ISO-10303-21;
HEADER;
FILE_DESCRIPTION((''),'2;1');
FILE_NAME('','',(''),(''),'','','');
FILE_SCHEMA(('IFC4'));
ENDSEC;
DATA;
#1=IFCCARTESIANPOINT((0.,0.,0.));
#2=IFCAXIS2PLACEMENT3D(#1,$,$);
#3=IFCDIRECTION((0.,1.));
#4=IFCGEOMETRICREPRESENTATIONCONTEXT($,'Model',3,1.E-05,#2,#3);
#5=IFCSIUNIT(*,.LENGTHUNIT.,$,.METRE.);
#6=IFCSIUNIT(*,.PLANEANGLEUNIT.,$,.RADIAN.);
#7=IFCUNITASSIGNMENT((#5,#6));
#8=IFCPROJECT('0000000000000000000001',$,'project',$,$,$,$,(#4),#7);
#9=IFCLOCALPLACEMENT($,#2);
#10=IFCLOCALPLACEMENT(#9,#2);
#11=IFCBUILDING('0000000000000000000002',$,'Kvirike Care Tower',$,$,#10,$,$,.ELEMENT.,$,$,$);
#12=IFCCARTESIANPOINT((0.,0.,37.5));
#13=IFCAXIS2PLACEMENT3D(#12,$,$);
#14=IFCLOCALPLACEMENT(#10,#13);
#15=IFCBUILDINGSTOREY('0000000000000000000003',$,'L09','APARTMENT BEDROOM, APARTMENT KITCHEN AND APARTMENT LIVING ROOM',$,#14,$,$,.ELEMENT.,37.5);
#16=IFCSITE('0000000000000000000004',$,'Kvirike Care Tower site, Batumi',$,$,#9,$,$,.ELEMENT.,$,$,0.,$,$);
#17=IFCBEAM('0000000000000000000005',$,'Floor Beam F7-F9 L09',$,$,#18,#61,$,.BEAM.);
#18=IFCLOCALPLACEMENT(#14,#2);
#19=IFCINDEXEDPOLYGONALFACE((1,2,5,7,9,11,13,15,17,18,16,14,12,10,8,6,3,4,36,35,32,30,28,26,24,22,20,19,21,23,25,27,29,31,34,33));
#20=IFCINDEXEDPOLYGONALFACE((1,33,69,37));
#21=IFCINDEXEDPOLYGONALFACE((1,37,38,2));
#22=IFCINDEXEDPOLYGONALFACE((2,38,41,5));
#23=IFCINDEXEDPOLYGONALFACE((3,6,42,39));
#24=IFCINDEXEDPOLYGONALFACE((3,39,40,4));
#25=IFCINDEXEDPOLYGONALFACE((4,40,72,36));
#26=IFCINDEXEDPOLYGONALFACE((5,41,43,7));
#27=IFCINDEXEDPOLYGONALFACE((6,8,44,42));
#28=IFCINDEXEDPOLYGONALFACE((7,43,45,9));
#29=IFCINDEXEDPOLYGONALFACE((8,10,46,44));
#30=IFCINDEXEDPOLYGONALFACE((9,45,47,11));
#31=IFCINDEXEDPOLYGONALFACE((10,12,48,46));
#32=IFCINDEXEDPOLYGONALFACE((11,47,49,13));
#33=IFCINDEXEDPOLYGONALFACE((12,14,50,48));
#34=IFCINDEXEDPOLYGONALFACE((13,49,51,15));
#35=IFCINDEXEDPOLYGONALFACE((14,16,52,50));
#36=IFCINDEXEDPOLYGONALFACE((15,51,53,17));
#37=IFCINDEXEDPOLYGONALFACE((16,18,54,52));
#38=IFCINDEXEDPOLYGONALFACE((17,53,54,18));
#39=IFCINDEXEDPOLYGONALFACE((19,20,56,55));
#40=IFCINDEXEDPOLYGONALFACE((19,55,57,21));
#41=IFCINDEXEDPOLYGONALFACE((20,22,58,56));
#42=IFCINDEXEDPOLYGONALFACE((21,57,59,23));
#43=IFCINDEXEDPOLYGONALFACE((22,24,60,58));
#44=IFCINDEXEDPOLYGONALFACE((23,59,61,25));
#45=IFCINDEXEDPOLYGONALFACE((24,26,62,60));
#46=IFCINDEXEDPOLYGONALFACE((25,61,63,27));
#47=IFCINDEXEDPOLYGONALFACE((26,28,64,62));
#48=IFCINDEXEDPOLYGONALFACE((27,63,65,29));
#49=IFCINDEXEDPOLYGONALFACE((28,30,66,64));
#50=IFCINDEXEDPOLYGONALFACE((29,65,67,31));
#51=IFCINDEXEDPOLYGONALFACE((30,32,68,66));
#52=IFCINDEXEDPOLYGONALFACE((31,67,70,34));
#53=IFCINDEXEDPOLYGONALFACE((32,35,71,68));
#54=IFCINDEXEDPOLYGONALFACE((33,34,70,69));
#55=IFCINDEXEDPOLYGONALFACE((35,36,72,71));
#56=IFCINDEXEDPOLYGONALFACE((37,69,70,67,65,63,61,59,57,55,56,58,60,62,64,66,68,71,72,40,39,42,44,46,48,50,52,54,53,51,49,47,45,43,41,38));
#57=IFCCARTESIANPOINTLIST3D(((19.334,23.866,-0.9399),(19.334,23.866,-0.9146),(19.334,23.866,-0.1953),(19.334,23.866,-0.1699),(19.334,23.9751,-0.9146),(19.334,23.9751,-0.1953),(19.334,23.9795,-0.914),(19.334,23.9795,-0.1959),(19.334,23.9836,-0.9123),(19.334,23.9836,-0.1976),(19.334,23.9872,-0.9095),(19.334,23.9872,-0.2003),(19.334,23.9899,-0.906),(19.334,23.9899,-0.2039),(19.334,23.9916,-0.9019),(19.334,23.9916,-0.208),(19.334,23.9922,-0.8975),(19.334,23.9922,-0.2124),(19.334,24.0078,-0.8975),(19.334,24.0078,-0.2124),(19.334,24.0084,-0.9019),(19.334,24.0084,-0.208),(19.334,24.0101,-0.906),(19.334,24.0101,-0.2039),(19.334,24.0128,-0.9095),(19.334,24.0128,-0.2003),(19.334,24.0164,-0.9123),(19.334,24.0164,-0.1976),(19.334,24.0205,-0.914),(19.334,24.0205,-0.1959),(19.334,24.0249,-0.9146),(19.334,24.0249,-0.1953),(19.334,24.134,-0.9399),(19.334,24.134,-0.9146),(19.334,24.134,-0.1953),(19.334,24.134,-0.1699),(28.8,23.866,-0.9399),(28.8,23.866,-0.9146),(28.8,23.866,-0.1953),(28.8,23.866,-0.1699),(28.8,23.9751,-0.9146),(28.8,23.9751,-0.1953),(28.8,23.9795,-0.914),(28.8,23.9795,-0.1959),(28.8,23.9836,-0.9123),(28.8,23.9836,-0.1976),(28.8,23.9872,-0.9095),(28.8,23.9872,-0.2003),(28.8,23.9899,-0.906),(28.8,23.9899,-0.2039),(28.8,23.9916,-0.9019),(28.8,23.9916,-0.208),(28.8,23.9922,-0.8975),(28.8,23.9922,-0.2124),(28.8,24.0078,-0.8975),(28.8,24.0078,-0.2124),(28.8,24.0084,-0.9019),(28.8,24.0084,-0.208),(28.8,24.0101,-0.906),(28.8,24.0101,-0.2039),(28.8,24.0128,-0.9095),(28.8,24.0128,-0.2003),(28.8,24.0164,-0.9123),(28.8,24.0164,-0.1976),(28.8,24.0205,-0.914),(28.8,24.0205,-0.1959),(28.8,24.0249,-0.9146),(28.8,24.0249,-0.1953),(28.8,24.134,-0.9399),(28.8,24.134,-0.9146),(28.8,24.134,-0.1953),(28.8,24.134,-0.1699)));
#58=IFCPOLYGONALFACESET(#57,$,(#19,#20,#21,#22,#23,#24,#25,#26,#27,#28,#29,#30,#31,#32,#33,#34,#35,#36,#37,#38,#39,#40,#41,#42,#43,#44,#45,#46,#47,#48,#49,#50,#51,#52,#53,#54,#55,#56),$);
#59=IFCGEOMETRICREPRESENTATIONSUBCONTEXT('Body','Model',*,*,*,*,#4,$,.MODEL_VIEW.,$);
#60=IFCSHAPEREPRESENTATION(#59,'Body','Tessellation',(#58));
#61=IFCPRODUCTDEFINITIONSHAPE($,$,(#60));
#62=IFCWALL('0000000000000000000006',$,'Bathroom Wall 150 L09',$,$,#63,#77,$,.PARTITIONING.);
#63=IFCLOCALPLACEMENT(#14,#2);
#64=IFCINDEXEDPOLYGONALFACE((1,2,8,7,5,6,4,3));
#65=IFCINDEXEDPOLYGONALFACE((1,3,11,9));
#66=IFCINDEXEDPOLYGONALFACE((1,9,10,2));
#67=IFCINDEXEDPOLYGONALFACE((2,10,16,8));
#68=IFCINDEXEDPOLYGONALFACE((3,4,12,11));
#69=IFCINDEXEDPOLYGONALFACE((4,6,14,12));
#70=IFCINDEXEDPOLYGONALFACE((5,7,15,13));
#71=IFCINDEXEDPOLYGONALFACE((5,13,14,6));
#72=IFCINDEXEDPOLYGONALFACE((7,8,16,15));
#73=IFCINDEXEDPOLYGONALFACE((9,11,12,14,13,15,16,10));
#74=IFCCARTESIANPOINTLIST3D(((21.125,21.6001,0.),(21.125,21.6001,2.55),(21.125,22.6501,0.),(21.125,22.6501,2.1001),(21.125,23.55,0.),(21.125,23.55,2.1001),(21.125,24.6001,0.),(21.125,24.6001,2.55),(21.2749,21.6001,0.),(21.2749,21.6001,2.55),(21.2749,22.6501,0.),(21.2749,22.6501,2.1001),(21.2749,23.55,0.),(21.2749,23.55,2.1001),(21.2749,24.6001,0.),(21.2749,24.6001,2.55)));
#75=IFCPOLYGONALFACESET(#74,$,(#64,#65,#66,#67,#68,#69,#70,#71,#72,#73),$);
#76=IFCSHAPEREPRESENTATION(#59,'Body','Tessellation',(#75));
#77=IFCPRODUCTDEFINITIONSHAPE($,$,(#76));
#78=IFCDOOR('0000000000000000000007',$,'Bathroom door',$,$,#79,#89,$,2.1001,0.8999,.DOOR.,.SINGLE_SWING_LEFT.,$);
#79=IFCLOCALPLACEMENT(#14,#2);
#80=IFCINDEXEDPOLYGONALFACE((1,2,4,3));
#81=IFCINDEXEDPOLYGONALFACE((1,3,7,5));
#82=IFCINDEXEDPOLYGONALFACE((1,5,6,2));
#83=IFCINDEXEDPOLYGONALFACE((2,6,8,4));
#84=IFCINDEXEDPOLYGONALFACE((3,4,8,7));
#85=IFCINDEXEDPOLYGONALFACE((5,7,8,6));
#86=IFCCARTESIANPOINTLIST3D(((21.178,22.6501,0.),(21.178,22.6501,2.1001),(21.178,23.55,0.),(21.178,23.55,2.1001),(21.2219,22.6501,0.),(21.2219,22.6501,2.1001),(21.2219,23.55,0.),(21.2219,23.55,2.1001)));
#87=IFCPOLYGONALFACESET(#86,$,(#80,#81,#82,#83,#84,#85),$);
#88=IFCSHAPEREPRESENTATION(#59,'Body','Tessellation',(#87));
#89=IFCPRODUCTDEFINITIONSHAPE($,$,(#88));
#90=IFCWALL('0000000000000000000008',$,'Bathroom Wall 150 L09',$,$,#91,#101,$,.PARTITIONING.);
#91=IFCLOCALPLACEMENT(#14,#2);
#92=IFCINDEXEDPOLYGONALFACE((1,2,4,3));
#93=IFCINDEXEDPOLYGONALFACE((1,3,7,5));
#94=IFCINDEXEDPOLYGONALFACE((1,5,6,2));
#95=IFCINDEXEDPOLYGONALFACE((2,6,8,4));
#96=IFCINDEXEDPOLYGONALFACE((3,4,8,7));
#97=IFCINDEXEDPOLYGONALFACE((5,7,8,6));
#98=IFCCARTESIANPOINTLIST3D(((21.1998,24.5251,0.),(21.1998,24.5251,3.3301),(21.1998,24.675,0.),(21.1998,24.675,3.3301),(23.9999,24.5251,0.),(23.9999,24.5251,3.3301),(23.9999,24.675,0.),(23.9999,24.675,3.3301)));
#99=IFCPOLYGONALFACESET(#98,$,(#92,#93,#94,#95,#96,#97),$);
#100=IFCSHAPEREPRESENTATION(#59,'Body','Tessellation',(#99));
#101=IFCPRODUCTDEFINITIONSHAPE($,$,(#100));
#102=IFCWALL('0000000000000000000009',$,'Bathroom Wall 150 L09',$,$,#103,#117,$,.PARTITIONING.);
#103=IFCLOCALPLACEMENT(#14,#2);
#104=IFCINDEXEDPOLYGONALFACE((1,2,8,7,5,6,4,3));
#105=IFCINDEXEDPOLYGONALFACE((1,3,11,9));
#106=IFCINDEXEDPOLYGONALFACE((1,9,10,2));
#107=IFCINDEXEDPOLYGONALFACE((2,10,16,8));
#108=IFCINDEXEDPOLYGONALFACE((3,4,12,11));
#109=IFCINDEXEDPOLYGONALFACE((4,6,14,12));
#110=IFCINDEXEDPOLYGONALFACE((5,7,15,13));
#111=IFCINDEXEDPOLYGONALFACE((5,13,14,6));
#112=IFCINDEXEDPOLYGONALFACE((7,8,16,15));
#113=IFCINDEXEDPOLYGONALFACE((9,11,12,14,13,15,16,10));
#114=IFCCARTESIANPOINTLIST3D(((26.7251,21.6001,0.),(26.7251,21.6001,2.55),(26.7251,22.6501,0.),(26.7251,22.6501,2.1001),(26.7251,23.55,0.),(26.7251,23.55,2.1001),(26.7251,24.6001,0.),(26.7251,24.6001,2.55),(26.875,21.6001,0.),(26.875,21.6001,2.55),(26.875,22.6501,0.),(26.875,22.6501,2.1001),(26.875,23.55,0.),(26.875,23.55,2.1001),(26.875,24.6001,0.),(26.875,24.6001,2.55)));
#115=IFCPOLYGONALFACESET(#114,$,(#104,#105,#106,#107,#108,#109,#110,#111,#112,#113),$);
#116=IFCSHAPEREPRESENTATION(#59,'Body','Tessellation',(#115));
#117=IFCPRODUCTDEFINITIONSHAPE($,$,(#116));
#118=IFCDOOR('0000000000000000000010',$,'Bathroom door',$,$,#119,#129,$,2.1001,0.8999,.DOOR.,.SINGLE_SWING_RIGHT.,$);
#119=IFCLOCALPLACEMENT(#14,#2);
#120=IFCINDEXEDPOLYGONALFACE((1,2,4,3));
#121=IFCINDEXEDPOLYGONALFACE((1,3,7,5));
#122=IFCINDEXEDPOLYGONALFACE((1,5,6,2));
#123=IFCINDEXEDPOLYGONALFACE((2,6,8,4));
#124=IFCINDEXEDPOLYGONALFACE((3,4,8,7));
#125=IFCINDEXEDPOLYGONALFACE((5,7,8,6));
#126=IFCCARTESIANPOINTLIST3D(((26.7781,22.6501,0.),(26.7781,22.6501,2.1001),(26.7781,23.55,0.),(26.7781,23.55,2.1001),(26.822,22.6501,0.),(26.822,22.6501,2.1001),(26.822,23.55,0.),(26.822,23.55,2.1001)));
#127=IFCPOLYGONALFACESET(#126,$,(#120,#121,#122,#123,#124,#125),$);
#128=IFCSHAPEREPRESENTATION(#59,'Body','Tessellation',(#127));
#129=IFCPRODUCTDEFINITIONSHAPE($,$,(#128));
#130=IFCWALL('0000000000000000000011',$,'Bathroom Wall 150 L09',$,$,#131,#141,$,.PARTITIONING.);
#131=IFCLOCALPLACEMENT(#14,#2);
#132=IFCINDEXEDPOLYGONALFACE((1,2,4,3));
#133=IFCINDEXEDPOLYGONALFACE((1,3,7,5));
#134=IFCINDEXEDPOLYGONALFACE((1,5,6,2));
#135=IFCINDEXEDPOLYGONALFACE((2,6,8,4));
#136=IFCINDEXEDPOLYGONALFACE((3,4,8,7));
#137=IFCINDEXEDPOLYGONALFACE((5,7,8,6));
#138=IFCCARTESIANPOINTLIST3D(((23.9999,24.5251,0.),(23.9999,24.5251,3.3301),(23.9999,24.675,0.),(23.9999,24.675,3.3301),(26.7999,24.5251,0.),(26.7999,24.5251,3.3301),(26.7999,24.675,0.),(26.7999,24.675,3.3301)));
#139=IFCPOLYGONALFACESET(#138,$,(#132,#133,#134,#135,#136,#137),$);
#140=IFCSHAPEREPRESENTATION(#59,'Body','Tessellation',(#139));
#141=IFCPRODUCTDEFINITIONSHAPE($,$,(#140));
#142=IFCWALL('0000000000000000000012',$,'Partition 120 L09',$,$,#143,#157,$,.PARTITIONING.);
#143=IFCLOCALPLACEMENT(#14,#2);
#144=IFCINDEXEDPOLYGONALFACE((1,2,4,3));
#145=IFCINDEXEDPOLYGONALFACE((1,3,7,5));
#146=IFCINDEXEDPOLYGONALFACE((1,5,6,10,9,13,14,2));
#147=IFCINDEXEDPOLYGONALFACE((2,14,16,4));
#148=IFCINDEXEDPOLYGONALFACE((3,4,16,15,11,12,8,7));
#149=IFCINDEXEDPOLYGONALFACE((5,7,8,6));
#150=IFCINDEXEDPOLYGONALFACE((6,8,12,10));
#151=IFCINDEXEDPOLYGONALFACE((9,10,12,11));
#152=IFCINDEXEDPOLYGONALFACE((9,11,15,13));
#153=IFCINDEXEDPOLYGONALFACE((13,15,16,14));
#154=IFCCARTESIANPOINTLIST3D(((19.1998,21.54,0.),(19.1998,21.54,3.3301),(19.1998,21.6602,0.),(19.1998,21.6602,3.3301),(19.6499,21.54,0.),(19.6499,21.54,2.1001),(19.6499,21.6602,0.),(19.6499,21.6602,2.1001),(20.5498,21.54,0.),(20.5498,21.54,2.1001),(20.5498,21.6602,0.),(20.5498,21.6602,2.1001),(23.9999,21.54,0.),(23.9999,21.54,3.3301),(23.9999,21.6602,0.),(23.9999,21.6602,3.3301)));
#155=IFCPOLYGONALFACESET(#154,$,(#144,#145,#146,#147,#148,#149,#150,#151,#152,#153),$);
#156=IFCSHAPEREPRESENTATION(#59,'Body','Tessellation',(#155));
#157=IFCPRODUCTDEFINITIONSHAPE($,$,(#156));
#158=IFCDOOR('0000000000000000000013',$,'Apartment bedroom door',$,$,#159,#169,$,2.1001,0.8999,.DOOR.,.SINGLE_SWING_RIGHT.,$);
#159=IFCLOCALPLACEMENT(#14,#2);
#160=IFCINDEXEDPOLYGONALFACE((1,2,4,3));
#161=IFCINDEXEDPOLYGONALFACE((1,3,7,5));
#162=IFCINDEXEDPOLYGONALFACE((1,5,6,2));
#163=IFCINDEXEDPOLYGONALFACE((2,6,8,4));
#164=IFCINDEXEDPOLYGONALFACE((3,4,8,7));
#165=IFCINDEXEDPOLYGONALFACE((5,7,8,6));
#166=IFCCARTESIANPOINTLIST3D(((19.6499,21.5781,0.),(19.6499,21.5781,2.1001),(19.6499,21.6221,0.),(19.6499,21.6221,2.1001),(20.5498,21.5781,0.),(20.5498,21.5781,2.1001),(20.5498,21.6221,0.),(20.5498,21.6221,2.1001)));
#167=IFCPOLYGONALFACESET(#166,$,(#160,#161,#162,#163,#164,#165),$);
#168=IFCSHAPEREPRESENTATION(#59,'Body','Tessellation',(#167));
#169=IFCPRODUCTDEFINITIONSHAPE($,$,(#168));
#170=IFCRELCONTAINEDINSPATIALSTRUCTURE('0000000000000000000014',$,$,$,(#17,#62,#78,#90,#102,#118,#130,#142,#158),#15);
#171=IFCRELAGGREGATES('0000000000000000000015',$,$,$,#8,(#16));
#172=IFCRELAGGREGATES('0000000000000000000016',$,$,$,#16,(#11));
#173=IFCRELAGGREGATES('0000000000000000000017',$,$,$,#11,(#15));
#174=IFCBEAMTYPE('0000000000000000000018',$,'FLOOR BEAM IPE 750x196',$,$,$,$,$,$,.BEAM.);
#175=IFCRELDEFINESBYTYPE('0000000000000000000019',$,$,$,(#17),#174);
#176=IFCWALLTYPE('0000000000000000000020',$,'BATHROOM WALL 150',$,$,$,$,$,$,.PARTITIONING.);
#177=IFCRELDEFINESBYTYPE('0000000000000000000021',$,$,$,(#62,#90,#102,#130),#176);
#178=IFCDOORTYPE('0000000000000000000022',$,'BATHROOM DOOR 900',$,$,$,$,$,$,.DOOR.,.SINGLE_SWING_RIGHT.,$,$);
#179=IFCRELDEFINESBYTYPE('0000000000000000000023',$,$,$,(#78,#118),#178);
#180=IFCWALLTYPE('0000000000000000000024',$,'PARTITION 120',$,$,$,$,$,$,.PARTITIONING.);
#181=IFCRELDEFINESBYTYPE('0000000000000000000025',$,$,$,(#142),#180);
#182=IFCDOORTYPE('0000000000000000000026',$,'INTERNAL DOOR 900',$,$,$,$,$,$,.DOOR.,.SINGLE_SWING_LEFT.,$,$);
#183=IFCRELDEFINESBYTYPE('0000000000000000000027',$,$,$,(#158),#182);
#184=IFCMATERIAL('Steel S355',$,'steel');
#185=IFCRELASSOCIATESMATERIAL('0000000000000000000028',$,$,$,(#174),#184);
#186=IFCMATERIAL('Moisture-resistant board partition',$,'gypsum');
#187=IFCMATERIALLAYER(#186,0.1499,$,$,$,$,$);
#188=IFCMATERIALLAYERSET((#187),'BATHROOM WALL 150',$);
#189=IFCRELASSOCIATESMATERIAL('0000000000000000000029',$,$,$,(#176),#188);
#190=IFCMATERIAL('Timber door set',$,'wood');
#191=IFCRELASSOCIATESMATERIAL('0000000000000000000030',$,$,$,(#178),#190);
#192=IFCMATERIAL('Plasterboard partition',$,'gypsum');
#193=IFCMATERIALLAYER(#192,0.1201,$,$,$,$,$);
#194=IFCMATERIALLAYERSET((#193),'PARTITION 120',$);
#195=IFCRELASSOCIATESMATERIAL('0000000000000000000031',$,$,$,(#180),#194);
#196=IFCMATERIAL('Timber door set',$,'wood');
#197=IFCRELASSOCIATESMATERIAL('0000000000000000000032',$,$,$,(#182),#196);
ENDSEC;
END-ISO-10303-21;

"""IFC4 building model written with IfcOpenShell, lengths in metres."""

from ifc_helpers import new_model, si_unit, direction, frame, frame_2d, origin, origin_2d, place, context, subcontext, project, spatial, rectangle, i_section, extrude, material, layer, layer_set, material_profile, profile_set, type_object, element, fill, save


model = new_model("IFC4")

# Units and contexts
model_context = context("Model", 3, precision=1e-05, world=origin(), true_north=direction((0.0, 1.0)))
body_context = subcontext(model_context, "Body", "Model", "MODEL_VIEW")
ifc_project = project(units=[si_unit("LENGTHUNIT", "METRE"), si_unit("PLANEANGLEUNIT", "RADIAN")], contexts=[model_context])

# Site, building, storey
site_placement = place(None, origin())
site = spatial("IfcSite", under=ifc_project, at=site_placement, Name="Kvirike Care Tower site, Batumi", CompositionType="ELEMENT", RefElevation=0.0)
building_placement = place(site_placement, origin())
building = spatial("IfcBuilding", under=site, at=building_placement, Name="Kvirike Care Tower", CompositionType="ELEMENT")
storey_placement = place(building_placement, frame((0.0, 0.0, 37.5)))
storey = spatial("IfcBuildingStorey", under=building, at=storey_placement, Name="L09", Description="APARTMENT BEDROOM, APARTMENT KITCHEN AND APARTMENT LIVING ROOM", CompositionType="ELEMENT", Elevation=37.5)

# Beam
ifc_material_1 = material(Name="Steel S355", Category="steel")
ifc_material_profile = material_profile(ifc_material_1, i_section(OverallWidth=0.2681, OverallDepth=0.77, WebThickness=0.0156, FlangeThickness=0.0254, FilletRadius=0.0171, at=origin_2d()), Name="IPE 750x196")
ifc_profile_set = profile_set([ifc_material_profile], Name="Steel S355")
beam_type = type_object("IfcBeamType", Name="FLOOR BEAM IPE 750x196", PredefinedType="BEAM", material=ifc_profile_set)
beam_placement = place(storey_placement, frame((19.334, 24.0, -0.5549), z_axis=(1.0, 0.0, 0.0), x_axis=(0.0, 1.0, 0.0)))
element("IfcBeam", 1, at=beam_placement, inside=storey, type_object=beam_type, Name="Floor Beam F7-F9 L09", PredefinedType="BEAM", context=body_context, shape_type="SweptSolid", body=[
    extrude(i_section(OverallWidth=0.2681, OverallDepth=0.77, WebThickness=0.0156, FlangeThickness=0.0254, FilletRadius=0.0171, at=origin_2d()), origin(), (0.0, 0.0, 1.0), 9.4661),
])

# Wall, opening, door
ifc_material_2 = material(Name="Moisture-resistant board partition", Category="gypsum")
ifc_layer_1 = layer(ifc_material_2, 0.1499)
ifc_layer_set_1 = layer_set([ifc_layer_1], Name="BATHROOM WALL 150")
wall_type_1 = type_object("IfcWallType", Name="BATHROOM WALL 150", PredefinedType="PARTITIONING", material=ifc_layer_set_1)
wall_1_placement = place(storey_placement, frame((21.2, 21.6001, 0.0), z_axis=(0.0, 0.0, 1.0), x_axis=(0.0, 1.0, 0.0)))
wall_1 = element("IfcWall", 2, at=wall_1_placement, inside=storey, type_object=wall_type_1, Name="Bathroom Wall 150 L09", PredefinedType="PARTITIONING", context=body_context, shape_type="SweptSolid", body=[
    extrude(rectangle(XDim=3.0, YDim=0.1499, at=frame_2d((1.5, 0.0))), origin(), (0.0, 0.0, 1.0), 2.55),
])
opening_1_placement = place(wall_1_placement, frame((1.05, 0.0, 0.0)))
opening_1 = element("IfcOpeningElement", 3, at=opening_1_placement, cuts=wall_1, PredefinedType="OPENING", context=body_context, shape_type="SweptSolid", body=[
    extrude(rectangle(XDim=0.8999, YDim=2.1001, at=frame_2d((0.45, 1.05))), frame((0.0, 0.0854, 0.0), z_axis=(0.0, -1.0, 0.0), x_axis=(1.0, 0.0, 0.0)), (0.0, 0.0, 1.0), 0.1709),
])
ifc_material_3 = material(Name="Timber door set", Category="wood")
door_type_1 = type_object("IfcDoorType", Name="BATHROOM DOOR 900", OperationType="SINGLE_SWING_RIGHT", PredefinedType="DOOR", material=ifc_material_3)
door_1_placement = place(opening_1_placement, frame((0.8999, 0.0, 0.0), z_axis=(0.0, 0.0, 1.0), x_axis=(-1.0, 0.0, 0.0)))
door_1 = element("IfcDoor", 4, at=door_1_placement, inside=storey, type_object=door_type_1, Name="Bathroom door", OperationType="SINGLE_SWING_LEFT", OverallHeight=2.1001, OverallWidth=0.8999, PredefinedType="DOOR", context=body_context, shape_type="SweptSolid", body=[
    extrude(rectangle(XDim=0.8999, YDim=2.1001, at=frame_2d((0.45, 1.05))), frame((0.0, 0.022, 0.0), z_axis=(0.0, -1.0, 0.0), x_axis=(1.0, 0.0, 0.0)), (0.0, 0.0, 1.0), 0.0439),
])
fill(opening_1, door_1)

# Wall
wall_2_placement = place(storey_placement, frame((21.2, 24.6001, 0.0), z_axis=(0.0, 0.0, 1.0), x_axis=(1.0, 0.0, 0.0)))
element("IfcWall", 5, at=wall_2_placement, inside=storey, type_object=wall_type_1, Name="Bathroom Wall 150 L09", PredefinedType="PARTITIONING", context=body_context, shape_type="SweptSolid", body=[
    extrude(rectangle(XDim=2.8, YDim=0.1499, at=frame_2d((1.3999, 0.0))), origin(), (0.0, 0.0, 1.0), 3.3301),
])

# Wall, opening, door
wall_3_placement = place(storey_placement, frame((26.8, 21.6001, 0.0), z_axis=(0.0, 0.0, 1.0), x_axis=(0.0, 1.0, 0.0)))
wall_3 = element("IfcWall", 6, at=wall_3_placement, inside=storey, type_object=wall_type_1, Name="Bathroom Wall 150 L09", PredefinedType="PARTITIONING", context=body_context, shape_type="SweptSolid", body=[
    extrude(rectangle(XDim=3.0, YDim=0.1499, at=frame_2d((1.5, 0.0))), origin(), (0.0, 0.0, 1.0), 2.55),
])
opening_2_placement = place(wall_3_placement, frame((1.05, 0.0, 0.0)))
opening_2 = element("IfcOpeningElement", 7, at=opening_2_placement, cuts=wall_3, PredefinedType="OPENING", context=body_context, shape_type="SweptSolid", body=[
    extrude(rectangle(XDim=0.8999, YDim=2.1001, at=frame_2d((0.45, 1.05))), frame((0.0, 0.0854, 0.0), z_axis=(0.0, -1.0, 0.0), x_axis=(1.0, 0.0, 0.0)), (0.0, 0.0, 1.0), 0.1709),
])
door_2_placement = place(opening_2_placement, origin())
door_2 = element("IfcDoor", 8, at=door_2_placement, inside=storey, type_object=door_type_1, Name="Bathroom door", OperationType="SINGLE_SWING_RIGHT", OverallHeight=2.1001, OverallWidth=0.8999, PredefinedType="DOOR", context=body_context, shape_type="SweptSolid", body=[
    extrude(rectangle(XDim=0.8999, YDim=2.1001, at=frame_2d((0.45, 1.05))), frame((0.0, 0.022, 0.0), z_axis=(0.0, -1.0, 0.0), x_axis=(1.0, 0.0, 0.0)), (0.0, 0.0, 1.0), 0.0439),
])
fill(opening_2, door_2)

# Wall
wall_4_placement = place(storey_placement, frame((24.0, 24.6001, 0.0), z_axis=(0.0, 0.0, 1.0), x_axis=(1.0, 0.0, 0.0)))
element("IfcWall", 9, at=wall_4_placement, inside=storey, type_object=wall_type_1, Name="Bathroom Wall 150 L09", PredefinedType="PARTITIONING", context=body_context, shape_type="SweptSolid", body=[
    extrude(rectangle(XDim=2.8, YDim=0.1499, at=frame_2d((1.3999, 0.0))), origin(), (0.0, 0.0, 1.0), 3.3301),
])

# Wall, opening, door
ifc_material_4 = material(Name="Plasterboard partition", Category="gypsum")
ifc_layer_2 = layer(ifc_material_4, 0.1201)
ifc_layer_set_2 = layer_set([ifc_layer_2], Name="PARTITION 120")
wall_type_2 = type_object("IfcWallType", Name="PARTITION 120", PredefinedType="PARTITIONING", material=ifc_layer_set_2)
wall_5_placement = place(storey_placement, frame((19.2, 21.6001, 0.0), z_axis=(0.0, 0.0, 1.0), x_axis=(1.0, 0.0, 0.0)))
wall_5 = element("IfcWall", 10, at=wall_5_placement, inside=storey, type_object=wall_type_2, Name="Partition 120 L09", PredefinedType="PARTITIONING", context=body_context, shape_type="SweptSolid", body=[
    extrude(rectangle(XDim=4.8, YDim=0.1201, at=frame_2d((2.3999, 0.0))), origin(), (0.0, 0.0, 1.0), 3.3301),
])
opening_3_placement = place(wall_5_placement, frame((0.45, 0.0, 0.0)))
opening_3 = element("IfcOpeningElement", 11, at=opening_3_placement, cuts=wall_5, PredefinedType="OPENING", context=body_context, shape_type="SweptSolid", body=[
    extrude(rectangle(XDim=0.8999, YDim=2.1001, at=frame_2d((0.45, 1.05))), frame((0.0, 0.0706, 0.0), z_axis=(0.0, -1.0, 0.0), x_axis=(1.0, 0.0, 0.0)), (0.0, 0.0, 1.0), 0.1411),
])
ifc_material_5 = material(Name="Timber door set", Category="wood")
door_type_2 = type_object("IfcDoorType", Name="INTERNAL DOOR 900", OperationType="SINGLE_SWING_LEFT", PredefinedType="DOOR", material=ifc_material_5)
door_3_placement = place(opening_3_placement, origin())
door_3 = element("IfcDoor", 12, at=door_3_placement, inside=storey, type_object=door_type_2, Name="Apartment bedroom door", OperationType="SINGLE_SWING_RIGHT", OverallHeight=2.1001, OverallWidth=0.8999, PredefinedType="DOOR", context=body_context, shape_type="SweptSolid", body=[
    extrude(rectangle(XDim=0.8999, YDim=2.1001, at=frame_2d((0.45, 1.05))), frame((0.0, 0.022, 0.0), z_axis=(0.0, -1.0, 0.0), x_axis=(1.0, 0.0, 0.0)), (0.0, 0.0, 1.0), 0.0439),
])
fill(opening_3, door_3)

save(model, "model.ifc")
